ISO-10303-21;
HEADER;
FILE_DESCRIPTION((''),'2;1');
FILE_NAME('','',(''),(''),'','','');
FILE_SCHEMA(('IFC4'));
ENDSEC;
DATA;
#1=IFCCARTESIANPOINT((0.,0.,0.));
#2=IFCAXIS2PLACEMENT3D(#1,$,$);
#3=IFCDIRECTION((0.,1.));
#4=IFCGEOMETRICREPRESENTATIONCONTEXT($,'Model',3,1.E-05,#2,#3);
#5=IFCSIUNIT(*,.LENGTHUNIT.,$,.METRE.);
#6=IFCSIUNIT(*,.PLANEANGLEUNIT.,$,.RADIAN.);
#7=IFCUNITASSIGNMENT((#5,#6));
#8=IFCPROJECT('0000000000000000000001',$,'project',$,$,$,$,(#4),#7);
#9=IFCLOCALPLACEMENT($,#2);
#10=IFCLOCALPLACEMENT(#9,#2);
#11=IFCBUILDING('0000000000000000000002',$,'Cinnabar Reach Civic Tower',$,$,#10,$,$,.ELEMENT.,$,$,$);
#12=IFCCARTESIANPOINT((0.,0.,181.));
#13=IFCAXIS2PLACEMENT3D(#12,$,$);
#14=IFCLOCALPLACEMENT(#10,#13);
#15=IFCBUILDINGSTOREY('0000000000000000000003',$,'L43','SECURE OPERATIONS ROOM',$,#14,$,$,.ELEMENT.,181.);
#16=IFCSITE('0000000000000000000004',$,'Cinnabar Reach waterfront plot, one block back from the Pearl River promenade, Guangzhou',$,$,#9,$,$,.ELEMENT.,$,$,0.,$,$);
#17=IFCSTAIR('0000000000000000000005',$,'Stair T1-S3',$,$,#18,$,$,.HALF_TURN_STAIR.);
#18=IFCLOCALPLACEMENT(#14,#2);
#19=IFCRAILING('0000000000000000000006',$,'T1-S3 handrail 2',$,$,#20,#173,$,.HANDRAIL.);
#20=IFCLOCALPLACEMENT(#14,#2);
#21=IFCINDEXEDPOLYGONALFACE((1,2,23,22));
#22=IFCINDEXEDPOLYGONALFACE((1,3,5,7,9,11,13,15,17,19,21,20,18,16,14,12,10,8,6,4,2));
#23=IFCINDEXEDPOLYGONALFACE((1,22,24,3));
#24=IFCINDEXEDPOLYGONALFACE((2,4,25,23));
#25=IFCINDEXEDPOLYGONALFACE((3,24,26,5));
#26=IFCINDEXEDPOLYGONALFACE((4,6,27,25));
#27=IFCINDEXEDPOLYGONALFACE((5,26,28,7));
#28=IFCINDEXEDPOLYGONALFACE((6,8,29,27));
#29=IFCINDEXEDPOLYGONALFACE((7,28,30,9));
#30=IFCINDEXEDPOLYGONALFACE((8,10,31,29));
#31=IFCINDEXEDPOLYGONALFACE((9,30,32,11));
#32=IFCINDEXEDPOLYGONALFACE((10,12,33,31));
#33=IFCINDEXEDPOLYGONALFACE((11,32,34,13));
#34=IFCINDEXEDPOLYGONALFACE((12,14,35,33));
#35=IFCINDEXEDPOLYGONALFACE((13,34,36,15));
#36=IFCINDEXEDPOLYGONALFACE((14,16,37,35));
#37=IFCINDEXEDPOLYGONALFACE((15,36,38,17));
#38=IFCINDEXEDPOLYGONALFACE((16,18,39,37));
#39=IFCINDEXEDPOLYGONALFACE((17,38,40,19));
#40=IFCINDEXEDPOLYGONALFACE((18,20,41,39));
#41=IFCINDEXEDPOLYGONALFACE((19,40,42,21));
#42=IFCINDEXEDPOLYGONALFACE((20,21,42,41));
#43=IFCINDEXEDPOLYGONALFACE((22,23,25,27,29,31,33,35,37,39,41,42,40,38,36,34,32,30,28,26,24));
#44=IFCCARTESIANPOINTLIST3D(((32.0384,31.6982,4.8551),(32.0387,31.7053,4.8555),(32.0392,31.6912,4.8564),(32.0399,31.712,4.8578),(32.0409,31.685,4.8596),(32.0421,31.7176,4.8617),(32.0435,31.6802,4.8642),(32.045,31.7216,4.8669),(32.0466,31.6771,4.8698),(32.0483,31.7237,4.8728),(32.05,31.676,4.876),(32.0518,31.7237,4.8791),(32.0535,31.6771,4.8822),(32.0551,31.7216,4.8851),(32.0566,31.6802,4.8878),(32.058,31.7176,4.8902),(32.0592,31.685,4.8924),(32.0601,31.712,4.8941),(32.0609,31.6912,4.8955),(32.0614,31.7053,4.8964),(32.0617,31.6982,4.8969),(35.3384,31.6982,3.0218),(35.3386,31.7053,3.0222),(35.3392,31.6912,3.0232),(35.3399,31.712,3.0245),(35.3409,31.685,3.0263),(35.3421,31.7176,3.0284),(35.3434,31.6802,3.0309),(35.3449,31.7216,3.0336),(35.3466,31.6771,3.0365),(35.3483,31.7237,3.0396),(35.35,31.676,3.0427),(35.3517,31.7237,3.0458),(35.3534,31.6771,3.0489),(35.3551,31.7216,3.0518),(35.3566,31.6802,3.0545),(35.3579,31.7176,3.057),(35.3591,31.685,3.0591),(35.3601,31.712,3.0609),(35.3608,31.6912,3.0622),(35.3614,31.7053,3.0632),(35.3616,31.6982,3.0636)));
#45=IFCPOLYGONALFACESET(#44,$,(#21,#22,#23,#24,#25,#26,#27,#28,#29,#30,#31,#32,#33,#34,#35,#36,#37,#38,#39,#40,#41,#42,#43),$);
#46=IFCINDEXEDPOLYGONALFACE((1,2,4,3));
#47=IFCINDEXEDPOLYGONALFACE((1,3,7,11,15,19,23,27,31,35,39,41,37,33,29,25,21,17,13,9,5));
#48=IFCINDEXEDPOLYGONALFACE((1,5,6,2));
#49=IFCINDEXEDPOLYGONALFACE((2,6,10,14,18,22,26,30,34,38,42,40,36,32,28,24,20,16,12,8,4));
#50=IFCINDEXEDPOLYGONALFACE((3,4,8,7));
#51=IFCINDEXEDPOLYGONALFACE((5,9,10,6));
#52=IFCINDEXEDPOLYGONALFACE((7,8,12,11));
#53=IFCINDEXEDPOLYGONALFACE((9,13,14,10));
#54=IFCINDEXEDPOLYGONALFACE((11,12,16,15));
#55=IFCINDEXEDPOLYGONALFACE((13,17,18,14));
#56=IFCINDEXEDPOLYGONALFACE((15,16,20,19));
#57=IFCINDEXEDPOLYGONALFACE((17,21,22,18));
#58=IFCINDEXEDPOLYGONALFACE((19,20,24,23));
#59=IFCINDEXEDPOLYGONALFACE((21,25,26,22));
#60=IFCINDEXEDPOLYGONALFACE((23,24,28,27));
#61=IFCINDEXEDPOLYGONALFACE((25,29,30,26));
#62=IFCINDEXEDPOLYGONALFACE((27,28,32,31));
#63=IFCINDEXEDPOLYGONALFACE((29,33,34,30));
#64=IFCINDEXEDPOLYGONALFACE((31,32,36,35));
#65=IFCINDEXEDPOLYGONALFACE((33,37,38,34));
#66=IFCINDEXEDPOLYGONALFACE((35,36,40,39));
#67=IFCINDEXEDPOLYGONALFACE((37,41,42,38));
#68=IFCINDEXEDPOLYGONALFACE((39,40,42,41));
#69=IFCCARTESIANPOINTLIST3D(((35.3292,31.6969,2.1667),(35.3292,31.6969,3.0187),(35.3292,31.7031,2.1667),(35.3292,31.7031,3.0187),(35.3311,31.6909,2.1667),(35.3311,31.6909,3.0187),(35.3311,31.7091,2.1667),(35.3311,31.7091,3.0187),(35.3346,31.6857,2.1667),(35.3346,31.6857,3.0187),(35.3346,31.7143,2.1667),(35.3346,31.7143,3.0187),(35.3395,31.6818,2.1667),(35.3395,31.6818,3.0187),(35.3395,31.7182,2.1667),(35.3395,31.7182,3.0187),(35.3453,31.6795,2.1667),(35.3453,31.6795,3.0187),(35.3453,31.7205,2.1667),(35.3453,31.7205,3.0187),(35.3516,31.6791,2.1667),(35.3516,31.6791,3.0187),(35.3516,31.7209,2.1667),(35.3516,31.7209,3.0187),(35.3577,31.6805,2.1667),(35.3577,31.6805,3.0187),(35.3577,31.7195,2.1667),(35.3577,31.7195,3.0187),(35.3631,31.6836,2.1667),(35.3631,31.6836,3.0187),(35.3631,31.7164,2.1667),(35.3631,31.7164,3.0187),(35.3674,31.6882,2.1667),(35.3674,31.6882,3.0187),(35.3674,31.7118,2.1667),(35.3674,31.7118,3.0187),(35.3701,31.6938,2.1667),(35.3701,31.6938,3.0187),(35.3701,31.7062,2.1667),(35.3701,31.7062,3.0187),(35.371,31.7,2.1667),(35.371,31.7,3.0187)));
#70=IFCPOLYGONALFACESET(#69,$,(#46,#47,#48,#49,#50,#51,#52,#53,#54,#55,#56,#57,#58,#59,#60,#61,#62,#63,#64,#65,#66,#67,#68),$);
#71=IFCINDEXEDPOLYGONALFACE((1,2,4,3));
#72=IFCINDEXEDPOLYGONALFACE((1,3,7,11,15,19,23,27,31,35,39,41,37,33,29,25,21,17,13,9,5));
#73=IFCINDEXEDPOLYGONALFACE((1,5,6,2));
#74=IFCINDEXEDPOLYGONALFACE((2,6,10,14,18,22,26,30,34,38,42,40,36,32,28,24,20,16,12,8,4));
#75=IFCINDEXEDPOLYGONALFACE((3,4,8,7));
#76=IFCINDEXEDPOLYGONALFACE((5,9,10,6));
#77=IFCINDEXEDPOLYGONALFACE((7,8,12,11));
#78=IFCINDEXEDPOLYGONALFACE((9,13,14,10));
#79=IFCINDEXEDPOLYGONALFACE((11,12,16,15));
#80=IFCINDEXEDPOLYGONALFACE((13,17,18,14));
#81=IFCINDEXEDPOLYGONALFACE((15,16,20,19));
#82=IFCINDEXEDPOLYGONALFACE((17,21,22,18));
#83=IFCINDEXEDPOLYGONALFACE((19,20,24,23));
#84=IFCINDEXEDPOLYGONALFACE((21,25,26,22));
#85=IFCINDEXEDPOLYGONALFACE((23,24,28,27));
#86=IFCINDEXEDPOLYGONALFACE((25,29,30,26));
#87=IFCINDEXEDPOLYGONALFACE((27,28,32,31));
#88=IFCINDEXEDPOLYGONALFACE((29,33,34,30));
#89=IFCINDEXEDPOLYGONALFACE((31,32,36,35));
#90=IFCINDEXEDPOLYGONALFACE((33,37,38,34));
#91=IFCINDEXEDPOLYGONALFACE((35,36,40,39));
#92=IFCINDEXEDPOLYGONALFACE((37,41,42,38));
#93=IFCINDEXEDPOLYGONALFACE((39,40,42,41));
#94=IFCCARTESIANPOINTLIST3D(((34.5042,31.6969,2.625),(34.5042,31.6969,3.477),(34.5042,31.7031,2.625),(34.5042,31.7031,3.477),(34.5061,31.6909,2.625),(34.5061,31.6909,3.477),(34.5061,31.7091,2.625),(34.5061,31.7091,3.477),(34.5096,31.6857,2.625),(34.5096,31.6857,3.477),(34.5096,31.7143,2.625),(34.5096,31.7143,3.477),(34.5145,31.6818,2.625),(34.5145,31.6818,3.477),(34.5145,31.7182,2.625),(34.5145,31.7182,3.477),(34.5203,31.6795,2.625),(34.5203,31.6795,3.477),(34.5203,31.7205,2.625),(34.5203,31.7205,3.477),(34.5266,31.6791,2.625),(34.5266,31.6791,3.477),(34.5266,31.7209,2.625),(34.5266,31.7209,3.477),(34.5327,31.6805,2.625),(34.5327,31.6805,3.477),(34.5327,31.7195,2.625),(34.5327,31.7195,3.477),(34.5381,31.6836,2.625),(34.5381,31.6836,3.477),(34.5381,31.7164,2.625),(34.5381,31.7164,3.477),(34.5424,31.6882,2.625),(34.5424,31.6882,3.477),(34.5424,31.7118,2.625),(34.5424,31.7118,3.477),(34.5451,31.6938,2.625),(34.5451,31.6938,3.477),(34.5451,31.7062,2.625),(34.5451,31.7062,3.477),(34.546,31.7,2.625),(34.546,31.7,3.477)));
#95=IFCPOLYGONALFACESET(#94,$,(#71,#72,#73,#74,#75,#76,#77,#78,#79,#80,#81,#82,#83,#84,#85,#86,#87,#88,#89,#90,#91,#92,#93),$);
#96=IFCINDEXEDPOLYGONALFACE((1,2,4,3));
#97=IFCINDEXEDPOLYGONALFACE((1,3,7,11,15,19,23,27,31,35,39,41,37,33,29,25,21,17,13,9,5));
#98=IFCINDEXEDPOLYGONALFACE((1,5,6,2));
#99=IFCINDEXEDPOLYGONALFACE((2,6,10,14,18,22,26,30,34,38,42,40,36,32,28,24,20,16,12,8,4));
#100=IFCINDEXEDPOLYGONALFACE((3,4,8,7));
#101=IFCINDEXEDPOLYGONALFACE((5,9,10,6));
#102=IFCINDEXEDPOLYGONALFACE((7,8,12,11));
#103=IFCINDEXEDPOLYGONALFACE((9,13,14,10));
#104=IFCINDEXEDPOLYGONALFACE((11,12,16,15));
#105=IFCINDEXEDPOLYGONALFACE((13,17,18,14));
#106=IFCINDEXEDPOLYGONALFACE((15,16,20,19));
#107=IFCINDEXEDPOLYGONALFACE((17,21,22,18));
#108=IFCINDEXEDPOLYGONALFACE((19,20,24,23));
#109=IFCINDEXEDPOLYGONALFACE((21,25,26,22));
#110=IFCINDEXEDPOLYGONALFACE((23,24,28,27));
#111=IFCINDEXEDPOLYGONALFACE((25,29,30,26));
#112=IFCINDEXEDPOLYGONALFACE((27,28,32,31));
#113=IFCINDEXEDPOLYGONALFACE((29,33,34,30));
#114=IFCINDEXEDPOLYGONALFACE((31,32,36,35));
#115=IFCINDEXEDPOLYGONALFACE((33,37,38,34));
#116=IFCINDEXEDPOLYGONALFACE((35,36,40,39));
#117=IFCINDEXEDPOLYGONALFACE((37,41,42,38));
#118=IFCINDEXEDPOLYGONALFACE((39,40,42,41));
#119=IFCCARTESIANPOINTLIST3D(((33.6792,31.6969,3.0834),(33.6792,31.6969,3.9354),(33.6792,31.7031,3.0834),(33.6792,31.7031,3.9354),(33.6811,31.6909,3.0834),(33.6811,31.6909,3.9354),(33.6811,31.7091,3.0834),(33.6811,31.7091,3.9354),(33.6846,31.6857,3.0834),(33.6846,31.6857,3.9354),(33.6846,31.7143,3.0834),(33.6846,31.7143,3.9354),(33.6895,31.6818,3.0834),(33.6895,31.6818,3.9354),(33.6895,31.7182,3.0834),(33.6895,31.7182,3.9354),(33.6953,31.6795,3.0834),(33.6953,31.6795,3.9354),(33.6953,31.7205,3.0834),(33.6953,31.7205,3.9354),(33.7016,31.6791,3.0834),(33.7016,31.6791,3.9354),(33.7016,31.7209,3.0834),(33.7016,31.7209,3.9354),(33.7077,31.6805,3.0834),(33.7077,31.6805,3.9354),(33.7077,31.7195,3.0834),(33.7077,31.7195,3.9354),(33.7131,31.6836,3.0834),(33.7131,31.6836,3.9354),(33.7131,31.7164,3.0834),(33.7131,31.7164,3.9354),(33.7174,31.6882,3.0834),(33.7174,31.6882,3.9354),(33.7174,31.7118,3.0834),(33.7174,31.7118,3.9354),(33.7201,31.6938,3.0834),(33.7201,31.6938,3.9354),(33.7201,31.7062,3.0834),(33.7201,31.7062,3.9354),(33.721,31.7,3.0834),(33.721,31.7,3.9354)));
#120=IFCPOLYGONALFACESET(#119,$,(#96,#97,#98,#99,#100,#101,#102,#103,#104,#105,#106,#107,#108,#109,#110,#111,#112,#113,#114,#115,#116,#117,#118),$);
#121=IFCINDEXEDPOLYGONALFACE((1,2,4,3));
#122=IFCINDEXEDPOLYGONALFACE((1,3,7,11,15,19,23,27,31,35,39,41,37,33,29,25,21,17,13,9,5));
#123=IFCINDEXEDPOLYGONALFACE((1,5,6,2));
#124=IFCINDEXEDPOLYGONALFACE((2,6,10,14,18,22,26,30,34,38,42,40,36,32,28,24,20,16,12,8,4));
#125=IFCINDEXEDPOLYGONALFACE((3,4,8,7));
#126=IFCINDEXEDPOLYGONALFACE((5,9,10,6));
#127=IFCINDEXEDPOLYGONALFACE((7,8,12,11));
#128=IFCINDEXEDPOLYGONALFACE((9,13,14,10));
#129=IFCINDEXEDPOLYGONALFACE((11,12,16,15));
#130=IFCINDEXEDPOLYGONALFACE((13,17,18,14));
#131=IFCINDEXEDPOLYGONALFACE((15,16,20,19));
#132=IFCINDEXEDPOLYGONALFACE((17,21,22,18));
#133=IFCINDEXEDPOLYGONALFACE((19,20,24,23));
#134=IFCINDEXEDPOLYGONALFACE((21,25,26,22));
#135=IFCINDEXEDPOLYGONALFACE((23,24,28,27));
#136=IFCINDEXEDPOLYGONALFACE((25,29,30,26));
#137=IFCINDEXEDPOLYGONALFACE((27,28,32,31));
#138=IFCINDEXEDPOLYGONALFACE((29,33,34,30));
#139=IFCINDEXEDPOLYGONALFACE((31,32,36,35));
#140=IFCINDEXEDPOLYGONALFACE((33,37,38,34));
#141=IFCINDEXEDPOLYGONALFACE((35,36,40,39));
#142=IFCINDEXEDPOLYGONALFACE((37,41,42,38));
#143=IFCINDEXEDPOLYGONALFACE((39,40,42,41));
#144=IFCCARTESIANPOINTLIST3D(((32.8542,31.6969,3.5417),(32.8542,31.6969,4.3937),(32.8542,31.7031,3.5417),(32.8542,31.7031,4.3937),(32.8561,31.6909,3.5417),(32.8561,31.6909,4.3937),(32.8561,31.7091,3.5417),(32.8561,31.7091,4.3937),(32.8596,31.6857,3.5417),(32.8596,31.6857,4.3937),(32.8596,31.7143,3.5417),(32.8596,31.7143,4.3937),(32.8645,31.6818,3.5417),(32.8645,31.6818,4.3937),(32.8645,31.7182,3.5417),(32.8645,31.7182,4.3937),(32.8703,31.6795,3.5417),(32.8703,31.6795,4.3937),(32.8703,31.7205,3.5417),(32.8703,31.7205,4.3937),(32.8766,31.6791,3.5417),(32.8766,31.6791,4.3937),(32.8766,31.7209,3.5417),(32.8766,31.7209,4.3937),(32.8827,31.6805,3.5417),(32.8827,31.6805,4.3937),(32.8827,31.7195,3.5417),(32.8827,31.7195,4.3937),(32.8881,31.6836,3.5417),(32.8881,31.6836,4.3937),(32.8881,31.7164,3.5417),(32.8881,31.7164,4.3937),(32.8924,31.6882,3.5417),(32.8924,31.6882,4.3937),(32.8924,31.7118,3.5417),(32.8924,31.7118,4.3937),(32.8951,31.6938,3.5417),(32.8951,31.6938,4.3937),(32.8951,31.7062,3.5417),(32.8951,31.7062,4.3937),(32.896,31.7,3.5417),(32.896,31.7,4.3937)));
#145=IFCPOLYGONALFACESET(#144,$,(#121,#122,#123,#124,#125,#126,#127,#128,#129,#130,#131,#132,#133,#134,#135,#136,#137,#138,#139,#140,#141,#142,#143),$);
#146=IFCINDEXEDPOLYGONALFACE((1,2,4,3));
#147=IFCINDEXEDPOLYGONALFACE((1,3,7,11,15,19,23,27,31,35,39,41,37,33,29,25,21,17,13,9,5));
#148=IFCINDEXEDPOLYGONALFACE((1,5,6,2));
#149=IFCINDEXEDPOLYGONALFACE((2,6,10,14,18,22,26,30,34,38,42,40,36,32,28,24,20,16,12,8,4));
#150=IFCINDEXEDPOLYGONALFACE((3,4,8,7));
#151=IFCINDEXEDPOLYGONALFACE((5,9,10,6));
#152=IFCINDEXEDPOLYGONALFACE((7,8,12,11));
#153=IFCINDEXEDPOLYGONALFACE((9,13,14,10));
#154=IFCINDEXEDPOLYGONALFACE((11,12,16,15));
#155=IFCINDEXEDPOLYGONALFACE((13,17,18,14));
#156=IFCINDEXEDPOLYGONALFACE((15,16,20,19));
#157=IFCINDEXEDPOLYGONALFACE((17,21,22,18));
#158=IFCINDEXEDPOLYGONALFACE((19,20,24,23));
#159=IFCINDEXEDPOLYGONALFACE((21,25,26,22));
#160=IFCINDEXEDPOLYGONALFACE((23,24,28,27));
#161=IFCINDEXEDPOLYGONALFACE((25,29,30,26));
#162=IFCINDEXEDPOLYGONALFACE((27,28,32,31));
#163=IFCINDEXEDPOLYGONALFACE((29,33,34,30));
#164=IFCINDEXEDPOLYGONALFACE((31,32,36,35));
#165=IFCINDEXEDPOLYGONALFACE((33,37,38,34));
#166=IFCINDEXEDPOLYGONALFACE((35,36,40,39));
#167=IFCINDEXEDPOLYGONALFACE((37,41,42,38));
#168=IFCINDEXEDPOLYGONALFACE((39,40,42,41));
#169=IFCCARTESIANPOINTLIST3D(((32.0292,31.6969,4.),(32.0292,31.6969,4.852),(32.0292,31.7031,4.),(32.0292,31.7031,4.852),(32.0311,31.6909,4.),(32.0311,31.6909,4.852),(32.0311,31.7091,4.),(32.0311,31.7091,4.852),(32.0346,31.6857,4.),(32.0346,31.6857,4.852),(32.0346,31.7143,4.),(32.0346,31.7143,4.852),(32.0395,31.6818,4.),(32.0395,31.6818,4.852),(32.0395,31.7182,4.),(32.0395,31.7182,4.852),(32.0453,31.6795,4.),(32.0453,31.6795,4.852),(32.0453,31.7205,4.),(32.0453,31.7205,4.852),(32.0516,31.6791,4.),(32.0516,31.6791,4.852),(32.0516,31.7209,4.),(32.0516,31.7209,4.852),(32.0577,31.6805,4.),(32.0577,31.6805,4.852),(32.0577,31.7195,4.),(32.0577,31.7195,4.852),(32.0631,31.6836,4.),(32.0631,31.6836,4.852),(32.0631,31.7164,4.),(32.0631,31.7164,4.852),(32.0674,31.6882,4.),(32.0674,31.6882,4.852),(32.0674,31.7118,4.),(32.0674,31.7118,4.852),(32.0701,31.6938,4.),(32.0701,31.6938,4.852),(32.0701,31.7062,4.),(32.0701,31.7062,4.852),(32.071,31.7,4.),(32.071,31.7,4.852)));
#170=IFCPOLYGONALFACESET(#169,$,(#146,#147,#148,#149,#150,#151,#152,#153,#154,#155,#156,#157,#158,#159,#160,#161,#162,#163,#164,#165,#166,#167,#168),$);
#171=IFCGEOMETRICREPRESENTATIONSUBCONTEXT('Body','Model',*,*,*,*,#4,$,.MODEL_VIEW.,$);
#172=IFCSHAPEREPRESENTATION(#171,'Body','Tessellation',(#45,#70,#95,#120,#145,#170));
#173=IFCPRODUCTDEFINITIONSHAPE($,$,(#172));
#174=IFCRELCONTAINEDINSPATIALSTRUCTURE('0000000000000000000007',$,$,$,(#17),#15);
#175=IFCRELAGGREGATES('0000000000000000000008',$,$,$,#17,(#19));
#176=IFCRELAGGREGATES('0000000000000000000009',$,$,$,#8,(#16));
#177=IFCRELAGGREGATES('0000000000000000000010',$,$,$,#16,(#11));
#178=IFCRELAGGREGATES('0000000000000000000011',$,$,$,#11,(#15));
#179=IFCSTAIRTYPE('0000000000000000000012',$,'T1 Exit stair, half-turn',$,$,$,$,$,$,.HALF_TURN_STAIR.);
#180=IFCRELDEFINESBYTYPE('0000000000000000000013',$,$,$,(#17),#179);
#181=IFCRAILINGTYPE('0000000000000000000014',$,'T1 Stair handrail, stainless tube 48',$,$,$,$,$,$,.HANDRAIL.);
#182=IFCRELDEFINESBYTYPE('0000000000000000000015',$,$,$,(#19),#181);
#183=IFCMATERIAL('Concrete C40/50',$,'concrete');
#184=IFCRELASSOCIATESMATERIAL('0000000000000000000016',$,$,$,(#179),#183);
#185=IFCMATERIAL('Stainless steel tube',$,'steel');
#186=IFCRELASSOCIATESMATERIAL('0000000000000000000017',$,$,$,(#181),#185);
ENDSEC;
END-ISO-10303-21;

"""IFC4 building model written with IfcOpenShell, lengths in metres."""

from ifc_helpers import new_model, si_unit, direction, frame, origin, origin_2d, place, context, subcontext, project, spatial, circle, extrude, material, type_object, element, aggregate, save


model = new_model("IFC4")

# Units and contexts
model_context = context("Model", 3, precision=1e-05, world=origin(), true_north=direction((0.0, 1.0)))
body_context = subcontext(model_context, "Body", "Model", "MODEL_VIEW")
ifc_project = project(units=[si_unit("LENGTHUNIT", "METRE"), si_unit("PLANEANGLEUNIT", "RADIAN")], contexts=[model_context])

# Site, building, storey
site_placement = place(None, origin())
site = spatial("IfcSite", under=ifc_project, at=site_placement, Name="Cinnabar Reach waterfront plot, one block back from the Pearl River promenade, Guangzhou", CompositionType="ELEMENT", RefElevation=0.0)
building_placement = place(site_placement, origin())
building = spatial("IfcBuilding", under=site, at=building_placement, Name="Cinnabar Reach Civic Tower", CompositionType="ELEMENT")
storey_placement = place(building_placement, frame((0.0, 0.0, 181.0)))
storey = spatial("IfcBuildingStorey", under=building, at=storey_placement, Name="L43", Description="SECURE OPERATIONS ROOM", CompositionType="ELEMENT", Elevation=181.0)

# Stair, railing
ifc_material_1 = material(Name="Concrete C40/50", Category="concrete")
stair_type = type_object("IfcStairType", Name="T1 Exit stair, half-turn", PredefinedType="HALF_TURN_STAIR", material=ifc_material_1)
stair_placement = place(storey_placement, origin())
stair = element("IfcStair", 1, at=stair_placement, inside=storey, type_object=stair_type, Name="Stair T1-S3", PredefinedType="HALF_TURN_STAIR")
ifc_material_2 = material(Name="Stainless steel tube", Category="steel")
railing_type = type_object("IfcRailingType", Name="T1 Stair handrail, stainless tube 48", PredefinedType="HANDRAIL", material=ifc_material_2)
railing_placement = place(storey_placement, frame((35.35, 31.7, 2.1667)))
railing = element("IfcRailing", 2, at=railing_placement, type_object=railing_type, Name="T1-S3 handrail 2", PredefinedType="HANDRAIL", context=body_context, shape_type="SweptSolid", body=[
    extrude(circle(Radius=0.024, at=origin_2d()), frame((0.0, 0.0, 0.876), z_axis=(-0.874161, 0.0, 0.485636), x_axis=(0.0, -1.0, 0.0)), (0.0, 0.0, 1.0), 3.775),
    extrude(circle(Radius=0.021, at=origin_2d()), origin(), (0.0, 0.0, 1.0), 0.852),
    extrude(circle(Radius=0.021, at=origin_2d()), frame((-0.825, 0.0, 0.4583)), (0.0, 0.0, 1.0), 0.852),
    extrude(circle(Radius=0.021, at=origin_2d()), frame((-1.65, 0.0, 0.9167)), (0.0, 0.0, 1.0), 0.852),
    extrude(circle(Radius=0.021, at=origin_2d()), frame((-2.475, 0.0, 1.375)), (0.0, 0.0, 1.0), 0.852),
    extrude(circle(Radius=0.021, at=origin_2d()), frame((-3.3, 0.0, 1.8333)), (0.0, 0.0, 1.0), 0.852),
])
aggregate(stair, [railing])

save(model, "model.ifc")
